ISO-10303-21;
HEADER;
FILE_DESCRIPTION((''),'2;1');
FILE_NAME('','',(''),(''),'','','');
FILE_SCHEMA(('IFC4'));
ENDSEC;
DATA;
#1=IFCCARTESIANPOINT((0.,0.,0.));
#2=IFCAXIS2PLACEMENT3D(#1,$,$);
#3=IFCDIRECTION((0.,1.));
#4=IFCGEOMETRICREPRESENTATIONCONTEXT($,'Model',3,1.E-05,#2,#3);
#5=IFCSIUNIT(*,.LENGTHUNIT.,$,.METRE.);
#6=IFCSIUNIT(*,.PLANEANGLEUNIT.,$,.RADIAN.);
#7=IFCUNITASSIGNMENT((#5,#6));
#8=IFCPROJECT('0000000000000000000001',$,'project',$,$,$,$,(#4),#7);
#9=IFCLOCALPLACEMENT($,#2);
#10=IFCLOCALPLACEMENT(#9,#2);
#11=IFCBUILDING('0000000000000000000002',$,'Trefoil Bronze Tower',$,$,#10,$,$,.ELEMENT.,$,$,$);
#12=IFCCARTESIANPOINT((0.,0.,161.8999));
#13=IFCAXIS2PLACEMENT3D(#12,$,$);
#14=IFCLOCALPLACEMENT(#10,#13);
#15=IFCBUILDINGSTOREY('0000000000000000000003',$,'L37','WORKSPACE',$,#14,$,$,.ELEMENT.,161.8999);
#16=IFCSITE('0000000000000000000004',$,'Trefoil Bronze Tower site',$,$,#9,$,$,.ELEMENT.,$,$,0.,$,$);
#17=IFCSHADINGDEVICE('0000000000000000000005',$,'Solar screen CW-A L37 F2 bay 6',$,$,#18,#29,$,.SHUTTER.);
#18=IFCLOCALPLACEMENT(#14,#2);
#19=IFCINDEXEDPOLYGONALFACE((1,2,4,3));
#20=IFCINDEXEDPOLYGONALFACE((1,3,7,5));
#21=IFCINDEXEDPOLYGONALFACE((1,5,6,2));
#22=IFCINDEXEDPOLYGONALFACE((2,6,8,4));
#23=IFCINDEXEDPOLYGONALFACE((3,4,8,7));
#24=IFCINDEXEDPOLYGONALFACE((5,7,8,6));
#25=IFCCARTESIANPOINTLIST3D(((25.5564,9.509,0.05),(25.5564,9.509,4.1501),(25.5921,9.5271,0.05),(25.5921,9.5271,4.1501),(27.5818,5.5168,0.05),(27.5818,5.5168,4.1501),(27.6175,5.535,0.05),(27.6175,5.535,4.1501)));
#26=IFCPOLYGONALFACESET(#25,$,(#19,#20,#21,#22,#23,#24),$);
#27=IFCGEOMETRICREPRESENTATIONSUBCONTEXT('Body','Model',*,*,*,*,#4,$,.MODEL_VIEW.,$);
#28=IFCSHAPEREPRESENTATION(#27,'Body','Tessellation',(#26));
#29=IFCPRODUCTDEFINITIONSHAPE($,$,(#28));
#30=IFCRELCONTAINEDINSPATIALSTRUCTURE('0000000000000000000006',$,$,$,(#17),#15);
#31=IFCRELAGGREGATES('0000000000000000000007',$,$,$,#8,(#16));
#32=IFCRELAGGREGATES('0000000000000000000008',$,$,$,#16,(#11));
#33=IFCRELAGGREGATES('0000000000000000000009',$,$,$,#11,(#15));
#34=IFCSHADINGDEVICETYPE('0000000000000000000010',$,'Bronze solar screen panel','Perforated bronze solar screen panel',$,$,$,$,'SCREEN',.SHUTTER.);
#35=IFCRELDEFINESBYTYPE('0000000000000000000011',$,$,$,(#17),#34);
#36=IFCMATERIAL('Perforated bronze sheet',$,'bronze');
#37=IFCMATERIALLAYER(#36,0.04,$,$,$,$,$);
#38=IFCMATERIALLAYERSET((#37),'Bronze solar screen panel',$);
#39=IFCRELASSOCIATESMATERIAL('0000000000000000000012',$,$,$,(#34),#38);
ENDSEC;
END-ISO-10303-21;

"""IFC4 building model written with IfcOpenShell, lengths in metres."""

from ifc_helpers import new_model, si_unit, direction, frame, origin, origin_2d, place, context, subcontext, project, spatial, rectangle, extrude, material, layer, layer_set, type_object, element, save


model = new_model("IFC4")

# Units and contexts
model_context = context("Model", 3, precision=1e-05, world=origin(), true_north=direction((0.0, 1.0)))
body_context = subcontext(model_context, "Body", "Model", "MODEL_VIEW")
ifc_project = project(units=[si_unit("LENGTHUNIT", "METRE"), si_unit("PLANEANGLEUNIT", "RADIAN")], contexts=[model_context])

# Site, building, storey
site_placement = place(None, origin())
site = spatial("IfcSite", under=ifc_project, at=site_placement, Name="Trefoil Bronze Tower site", CompositionType="ELEMENT", RefElevation=0.0)
building_placement = place(site_placement, origin())
building = spatial("IfcBuilding", under=site, at=building_placement, Name="Trefoil Bronze Tower", CompositionType="ELEMENT")
storey_placement = place(building_placement, frame((0.0, 0.0, 161.8999)))
storey = spatial("IfcBuildingStorey", under=building, at=storey_placement, Name="L37", Description="WORKSPACE", CompositionType="ELEMENT", Elevation=161.8999)

# Shading device
ifc_material_1 = material(Name="Perforated bronze sheet", Category="bronze")
ifc_layer_1 = layer(ifc_material_1, 0.04)
ifc_layer_set_1 = layer_set([ifc_layer_1], Name="Bronze solar screen panel")
shading_device_type = type_object("IfcShadingDeviceType", Name="Bronze solar screen panel", Description="Perforated bronze solar screen panel", ElementType="SCREEN", PredefinedType="SHUTTER", material=ifc_layer_set_1)
shading_device_1_placement = place(storey_placement, frame((26.5869, 7.522, 0.05), z_axis=(0.0, 0.0, 1.0), x_axis=(-0.452449, 0.89179, 0.0)))
element("IfcShadingDevice", 1, at=shading_device_1_placement, inside=storey, type_object=shading_device_type, Name="Solar screen CW-A L37 F2 bay 6", PredefinedType="SHUTTER", context=body_context, shape_type="SweptSolid", body=[
    extrude(rectangle(XDim=4.4766, YDim=0.04, at=origin_2d()), origin(), (0.0, 0.0, 1.0), 4.1001),
])

save(model, "model.ifc")
